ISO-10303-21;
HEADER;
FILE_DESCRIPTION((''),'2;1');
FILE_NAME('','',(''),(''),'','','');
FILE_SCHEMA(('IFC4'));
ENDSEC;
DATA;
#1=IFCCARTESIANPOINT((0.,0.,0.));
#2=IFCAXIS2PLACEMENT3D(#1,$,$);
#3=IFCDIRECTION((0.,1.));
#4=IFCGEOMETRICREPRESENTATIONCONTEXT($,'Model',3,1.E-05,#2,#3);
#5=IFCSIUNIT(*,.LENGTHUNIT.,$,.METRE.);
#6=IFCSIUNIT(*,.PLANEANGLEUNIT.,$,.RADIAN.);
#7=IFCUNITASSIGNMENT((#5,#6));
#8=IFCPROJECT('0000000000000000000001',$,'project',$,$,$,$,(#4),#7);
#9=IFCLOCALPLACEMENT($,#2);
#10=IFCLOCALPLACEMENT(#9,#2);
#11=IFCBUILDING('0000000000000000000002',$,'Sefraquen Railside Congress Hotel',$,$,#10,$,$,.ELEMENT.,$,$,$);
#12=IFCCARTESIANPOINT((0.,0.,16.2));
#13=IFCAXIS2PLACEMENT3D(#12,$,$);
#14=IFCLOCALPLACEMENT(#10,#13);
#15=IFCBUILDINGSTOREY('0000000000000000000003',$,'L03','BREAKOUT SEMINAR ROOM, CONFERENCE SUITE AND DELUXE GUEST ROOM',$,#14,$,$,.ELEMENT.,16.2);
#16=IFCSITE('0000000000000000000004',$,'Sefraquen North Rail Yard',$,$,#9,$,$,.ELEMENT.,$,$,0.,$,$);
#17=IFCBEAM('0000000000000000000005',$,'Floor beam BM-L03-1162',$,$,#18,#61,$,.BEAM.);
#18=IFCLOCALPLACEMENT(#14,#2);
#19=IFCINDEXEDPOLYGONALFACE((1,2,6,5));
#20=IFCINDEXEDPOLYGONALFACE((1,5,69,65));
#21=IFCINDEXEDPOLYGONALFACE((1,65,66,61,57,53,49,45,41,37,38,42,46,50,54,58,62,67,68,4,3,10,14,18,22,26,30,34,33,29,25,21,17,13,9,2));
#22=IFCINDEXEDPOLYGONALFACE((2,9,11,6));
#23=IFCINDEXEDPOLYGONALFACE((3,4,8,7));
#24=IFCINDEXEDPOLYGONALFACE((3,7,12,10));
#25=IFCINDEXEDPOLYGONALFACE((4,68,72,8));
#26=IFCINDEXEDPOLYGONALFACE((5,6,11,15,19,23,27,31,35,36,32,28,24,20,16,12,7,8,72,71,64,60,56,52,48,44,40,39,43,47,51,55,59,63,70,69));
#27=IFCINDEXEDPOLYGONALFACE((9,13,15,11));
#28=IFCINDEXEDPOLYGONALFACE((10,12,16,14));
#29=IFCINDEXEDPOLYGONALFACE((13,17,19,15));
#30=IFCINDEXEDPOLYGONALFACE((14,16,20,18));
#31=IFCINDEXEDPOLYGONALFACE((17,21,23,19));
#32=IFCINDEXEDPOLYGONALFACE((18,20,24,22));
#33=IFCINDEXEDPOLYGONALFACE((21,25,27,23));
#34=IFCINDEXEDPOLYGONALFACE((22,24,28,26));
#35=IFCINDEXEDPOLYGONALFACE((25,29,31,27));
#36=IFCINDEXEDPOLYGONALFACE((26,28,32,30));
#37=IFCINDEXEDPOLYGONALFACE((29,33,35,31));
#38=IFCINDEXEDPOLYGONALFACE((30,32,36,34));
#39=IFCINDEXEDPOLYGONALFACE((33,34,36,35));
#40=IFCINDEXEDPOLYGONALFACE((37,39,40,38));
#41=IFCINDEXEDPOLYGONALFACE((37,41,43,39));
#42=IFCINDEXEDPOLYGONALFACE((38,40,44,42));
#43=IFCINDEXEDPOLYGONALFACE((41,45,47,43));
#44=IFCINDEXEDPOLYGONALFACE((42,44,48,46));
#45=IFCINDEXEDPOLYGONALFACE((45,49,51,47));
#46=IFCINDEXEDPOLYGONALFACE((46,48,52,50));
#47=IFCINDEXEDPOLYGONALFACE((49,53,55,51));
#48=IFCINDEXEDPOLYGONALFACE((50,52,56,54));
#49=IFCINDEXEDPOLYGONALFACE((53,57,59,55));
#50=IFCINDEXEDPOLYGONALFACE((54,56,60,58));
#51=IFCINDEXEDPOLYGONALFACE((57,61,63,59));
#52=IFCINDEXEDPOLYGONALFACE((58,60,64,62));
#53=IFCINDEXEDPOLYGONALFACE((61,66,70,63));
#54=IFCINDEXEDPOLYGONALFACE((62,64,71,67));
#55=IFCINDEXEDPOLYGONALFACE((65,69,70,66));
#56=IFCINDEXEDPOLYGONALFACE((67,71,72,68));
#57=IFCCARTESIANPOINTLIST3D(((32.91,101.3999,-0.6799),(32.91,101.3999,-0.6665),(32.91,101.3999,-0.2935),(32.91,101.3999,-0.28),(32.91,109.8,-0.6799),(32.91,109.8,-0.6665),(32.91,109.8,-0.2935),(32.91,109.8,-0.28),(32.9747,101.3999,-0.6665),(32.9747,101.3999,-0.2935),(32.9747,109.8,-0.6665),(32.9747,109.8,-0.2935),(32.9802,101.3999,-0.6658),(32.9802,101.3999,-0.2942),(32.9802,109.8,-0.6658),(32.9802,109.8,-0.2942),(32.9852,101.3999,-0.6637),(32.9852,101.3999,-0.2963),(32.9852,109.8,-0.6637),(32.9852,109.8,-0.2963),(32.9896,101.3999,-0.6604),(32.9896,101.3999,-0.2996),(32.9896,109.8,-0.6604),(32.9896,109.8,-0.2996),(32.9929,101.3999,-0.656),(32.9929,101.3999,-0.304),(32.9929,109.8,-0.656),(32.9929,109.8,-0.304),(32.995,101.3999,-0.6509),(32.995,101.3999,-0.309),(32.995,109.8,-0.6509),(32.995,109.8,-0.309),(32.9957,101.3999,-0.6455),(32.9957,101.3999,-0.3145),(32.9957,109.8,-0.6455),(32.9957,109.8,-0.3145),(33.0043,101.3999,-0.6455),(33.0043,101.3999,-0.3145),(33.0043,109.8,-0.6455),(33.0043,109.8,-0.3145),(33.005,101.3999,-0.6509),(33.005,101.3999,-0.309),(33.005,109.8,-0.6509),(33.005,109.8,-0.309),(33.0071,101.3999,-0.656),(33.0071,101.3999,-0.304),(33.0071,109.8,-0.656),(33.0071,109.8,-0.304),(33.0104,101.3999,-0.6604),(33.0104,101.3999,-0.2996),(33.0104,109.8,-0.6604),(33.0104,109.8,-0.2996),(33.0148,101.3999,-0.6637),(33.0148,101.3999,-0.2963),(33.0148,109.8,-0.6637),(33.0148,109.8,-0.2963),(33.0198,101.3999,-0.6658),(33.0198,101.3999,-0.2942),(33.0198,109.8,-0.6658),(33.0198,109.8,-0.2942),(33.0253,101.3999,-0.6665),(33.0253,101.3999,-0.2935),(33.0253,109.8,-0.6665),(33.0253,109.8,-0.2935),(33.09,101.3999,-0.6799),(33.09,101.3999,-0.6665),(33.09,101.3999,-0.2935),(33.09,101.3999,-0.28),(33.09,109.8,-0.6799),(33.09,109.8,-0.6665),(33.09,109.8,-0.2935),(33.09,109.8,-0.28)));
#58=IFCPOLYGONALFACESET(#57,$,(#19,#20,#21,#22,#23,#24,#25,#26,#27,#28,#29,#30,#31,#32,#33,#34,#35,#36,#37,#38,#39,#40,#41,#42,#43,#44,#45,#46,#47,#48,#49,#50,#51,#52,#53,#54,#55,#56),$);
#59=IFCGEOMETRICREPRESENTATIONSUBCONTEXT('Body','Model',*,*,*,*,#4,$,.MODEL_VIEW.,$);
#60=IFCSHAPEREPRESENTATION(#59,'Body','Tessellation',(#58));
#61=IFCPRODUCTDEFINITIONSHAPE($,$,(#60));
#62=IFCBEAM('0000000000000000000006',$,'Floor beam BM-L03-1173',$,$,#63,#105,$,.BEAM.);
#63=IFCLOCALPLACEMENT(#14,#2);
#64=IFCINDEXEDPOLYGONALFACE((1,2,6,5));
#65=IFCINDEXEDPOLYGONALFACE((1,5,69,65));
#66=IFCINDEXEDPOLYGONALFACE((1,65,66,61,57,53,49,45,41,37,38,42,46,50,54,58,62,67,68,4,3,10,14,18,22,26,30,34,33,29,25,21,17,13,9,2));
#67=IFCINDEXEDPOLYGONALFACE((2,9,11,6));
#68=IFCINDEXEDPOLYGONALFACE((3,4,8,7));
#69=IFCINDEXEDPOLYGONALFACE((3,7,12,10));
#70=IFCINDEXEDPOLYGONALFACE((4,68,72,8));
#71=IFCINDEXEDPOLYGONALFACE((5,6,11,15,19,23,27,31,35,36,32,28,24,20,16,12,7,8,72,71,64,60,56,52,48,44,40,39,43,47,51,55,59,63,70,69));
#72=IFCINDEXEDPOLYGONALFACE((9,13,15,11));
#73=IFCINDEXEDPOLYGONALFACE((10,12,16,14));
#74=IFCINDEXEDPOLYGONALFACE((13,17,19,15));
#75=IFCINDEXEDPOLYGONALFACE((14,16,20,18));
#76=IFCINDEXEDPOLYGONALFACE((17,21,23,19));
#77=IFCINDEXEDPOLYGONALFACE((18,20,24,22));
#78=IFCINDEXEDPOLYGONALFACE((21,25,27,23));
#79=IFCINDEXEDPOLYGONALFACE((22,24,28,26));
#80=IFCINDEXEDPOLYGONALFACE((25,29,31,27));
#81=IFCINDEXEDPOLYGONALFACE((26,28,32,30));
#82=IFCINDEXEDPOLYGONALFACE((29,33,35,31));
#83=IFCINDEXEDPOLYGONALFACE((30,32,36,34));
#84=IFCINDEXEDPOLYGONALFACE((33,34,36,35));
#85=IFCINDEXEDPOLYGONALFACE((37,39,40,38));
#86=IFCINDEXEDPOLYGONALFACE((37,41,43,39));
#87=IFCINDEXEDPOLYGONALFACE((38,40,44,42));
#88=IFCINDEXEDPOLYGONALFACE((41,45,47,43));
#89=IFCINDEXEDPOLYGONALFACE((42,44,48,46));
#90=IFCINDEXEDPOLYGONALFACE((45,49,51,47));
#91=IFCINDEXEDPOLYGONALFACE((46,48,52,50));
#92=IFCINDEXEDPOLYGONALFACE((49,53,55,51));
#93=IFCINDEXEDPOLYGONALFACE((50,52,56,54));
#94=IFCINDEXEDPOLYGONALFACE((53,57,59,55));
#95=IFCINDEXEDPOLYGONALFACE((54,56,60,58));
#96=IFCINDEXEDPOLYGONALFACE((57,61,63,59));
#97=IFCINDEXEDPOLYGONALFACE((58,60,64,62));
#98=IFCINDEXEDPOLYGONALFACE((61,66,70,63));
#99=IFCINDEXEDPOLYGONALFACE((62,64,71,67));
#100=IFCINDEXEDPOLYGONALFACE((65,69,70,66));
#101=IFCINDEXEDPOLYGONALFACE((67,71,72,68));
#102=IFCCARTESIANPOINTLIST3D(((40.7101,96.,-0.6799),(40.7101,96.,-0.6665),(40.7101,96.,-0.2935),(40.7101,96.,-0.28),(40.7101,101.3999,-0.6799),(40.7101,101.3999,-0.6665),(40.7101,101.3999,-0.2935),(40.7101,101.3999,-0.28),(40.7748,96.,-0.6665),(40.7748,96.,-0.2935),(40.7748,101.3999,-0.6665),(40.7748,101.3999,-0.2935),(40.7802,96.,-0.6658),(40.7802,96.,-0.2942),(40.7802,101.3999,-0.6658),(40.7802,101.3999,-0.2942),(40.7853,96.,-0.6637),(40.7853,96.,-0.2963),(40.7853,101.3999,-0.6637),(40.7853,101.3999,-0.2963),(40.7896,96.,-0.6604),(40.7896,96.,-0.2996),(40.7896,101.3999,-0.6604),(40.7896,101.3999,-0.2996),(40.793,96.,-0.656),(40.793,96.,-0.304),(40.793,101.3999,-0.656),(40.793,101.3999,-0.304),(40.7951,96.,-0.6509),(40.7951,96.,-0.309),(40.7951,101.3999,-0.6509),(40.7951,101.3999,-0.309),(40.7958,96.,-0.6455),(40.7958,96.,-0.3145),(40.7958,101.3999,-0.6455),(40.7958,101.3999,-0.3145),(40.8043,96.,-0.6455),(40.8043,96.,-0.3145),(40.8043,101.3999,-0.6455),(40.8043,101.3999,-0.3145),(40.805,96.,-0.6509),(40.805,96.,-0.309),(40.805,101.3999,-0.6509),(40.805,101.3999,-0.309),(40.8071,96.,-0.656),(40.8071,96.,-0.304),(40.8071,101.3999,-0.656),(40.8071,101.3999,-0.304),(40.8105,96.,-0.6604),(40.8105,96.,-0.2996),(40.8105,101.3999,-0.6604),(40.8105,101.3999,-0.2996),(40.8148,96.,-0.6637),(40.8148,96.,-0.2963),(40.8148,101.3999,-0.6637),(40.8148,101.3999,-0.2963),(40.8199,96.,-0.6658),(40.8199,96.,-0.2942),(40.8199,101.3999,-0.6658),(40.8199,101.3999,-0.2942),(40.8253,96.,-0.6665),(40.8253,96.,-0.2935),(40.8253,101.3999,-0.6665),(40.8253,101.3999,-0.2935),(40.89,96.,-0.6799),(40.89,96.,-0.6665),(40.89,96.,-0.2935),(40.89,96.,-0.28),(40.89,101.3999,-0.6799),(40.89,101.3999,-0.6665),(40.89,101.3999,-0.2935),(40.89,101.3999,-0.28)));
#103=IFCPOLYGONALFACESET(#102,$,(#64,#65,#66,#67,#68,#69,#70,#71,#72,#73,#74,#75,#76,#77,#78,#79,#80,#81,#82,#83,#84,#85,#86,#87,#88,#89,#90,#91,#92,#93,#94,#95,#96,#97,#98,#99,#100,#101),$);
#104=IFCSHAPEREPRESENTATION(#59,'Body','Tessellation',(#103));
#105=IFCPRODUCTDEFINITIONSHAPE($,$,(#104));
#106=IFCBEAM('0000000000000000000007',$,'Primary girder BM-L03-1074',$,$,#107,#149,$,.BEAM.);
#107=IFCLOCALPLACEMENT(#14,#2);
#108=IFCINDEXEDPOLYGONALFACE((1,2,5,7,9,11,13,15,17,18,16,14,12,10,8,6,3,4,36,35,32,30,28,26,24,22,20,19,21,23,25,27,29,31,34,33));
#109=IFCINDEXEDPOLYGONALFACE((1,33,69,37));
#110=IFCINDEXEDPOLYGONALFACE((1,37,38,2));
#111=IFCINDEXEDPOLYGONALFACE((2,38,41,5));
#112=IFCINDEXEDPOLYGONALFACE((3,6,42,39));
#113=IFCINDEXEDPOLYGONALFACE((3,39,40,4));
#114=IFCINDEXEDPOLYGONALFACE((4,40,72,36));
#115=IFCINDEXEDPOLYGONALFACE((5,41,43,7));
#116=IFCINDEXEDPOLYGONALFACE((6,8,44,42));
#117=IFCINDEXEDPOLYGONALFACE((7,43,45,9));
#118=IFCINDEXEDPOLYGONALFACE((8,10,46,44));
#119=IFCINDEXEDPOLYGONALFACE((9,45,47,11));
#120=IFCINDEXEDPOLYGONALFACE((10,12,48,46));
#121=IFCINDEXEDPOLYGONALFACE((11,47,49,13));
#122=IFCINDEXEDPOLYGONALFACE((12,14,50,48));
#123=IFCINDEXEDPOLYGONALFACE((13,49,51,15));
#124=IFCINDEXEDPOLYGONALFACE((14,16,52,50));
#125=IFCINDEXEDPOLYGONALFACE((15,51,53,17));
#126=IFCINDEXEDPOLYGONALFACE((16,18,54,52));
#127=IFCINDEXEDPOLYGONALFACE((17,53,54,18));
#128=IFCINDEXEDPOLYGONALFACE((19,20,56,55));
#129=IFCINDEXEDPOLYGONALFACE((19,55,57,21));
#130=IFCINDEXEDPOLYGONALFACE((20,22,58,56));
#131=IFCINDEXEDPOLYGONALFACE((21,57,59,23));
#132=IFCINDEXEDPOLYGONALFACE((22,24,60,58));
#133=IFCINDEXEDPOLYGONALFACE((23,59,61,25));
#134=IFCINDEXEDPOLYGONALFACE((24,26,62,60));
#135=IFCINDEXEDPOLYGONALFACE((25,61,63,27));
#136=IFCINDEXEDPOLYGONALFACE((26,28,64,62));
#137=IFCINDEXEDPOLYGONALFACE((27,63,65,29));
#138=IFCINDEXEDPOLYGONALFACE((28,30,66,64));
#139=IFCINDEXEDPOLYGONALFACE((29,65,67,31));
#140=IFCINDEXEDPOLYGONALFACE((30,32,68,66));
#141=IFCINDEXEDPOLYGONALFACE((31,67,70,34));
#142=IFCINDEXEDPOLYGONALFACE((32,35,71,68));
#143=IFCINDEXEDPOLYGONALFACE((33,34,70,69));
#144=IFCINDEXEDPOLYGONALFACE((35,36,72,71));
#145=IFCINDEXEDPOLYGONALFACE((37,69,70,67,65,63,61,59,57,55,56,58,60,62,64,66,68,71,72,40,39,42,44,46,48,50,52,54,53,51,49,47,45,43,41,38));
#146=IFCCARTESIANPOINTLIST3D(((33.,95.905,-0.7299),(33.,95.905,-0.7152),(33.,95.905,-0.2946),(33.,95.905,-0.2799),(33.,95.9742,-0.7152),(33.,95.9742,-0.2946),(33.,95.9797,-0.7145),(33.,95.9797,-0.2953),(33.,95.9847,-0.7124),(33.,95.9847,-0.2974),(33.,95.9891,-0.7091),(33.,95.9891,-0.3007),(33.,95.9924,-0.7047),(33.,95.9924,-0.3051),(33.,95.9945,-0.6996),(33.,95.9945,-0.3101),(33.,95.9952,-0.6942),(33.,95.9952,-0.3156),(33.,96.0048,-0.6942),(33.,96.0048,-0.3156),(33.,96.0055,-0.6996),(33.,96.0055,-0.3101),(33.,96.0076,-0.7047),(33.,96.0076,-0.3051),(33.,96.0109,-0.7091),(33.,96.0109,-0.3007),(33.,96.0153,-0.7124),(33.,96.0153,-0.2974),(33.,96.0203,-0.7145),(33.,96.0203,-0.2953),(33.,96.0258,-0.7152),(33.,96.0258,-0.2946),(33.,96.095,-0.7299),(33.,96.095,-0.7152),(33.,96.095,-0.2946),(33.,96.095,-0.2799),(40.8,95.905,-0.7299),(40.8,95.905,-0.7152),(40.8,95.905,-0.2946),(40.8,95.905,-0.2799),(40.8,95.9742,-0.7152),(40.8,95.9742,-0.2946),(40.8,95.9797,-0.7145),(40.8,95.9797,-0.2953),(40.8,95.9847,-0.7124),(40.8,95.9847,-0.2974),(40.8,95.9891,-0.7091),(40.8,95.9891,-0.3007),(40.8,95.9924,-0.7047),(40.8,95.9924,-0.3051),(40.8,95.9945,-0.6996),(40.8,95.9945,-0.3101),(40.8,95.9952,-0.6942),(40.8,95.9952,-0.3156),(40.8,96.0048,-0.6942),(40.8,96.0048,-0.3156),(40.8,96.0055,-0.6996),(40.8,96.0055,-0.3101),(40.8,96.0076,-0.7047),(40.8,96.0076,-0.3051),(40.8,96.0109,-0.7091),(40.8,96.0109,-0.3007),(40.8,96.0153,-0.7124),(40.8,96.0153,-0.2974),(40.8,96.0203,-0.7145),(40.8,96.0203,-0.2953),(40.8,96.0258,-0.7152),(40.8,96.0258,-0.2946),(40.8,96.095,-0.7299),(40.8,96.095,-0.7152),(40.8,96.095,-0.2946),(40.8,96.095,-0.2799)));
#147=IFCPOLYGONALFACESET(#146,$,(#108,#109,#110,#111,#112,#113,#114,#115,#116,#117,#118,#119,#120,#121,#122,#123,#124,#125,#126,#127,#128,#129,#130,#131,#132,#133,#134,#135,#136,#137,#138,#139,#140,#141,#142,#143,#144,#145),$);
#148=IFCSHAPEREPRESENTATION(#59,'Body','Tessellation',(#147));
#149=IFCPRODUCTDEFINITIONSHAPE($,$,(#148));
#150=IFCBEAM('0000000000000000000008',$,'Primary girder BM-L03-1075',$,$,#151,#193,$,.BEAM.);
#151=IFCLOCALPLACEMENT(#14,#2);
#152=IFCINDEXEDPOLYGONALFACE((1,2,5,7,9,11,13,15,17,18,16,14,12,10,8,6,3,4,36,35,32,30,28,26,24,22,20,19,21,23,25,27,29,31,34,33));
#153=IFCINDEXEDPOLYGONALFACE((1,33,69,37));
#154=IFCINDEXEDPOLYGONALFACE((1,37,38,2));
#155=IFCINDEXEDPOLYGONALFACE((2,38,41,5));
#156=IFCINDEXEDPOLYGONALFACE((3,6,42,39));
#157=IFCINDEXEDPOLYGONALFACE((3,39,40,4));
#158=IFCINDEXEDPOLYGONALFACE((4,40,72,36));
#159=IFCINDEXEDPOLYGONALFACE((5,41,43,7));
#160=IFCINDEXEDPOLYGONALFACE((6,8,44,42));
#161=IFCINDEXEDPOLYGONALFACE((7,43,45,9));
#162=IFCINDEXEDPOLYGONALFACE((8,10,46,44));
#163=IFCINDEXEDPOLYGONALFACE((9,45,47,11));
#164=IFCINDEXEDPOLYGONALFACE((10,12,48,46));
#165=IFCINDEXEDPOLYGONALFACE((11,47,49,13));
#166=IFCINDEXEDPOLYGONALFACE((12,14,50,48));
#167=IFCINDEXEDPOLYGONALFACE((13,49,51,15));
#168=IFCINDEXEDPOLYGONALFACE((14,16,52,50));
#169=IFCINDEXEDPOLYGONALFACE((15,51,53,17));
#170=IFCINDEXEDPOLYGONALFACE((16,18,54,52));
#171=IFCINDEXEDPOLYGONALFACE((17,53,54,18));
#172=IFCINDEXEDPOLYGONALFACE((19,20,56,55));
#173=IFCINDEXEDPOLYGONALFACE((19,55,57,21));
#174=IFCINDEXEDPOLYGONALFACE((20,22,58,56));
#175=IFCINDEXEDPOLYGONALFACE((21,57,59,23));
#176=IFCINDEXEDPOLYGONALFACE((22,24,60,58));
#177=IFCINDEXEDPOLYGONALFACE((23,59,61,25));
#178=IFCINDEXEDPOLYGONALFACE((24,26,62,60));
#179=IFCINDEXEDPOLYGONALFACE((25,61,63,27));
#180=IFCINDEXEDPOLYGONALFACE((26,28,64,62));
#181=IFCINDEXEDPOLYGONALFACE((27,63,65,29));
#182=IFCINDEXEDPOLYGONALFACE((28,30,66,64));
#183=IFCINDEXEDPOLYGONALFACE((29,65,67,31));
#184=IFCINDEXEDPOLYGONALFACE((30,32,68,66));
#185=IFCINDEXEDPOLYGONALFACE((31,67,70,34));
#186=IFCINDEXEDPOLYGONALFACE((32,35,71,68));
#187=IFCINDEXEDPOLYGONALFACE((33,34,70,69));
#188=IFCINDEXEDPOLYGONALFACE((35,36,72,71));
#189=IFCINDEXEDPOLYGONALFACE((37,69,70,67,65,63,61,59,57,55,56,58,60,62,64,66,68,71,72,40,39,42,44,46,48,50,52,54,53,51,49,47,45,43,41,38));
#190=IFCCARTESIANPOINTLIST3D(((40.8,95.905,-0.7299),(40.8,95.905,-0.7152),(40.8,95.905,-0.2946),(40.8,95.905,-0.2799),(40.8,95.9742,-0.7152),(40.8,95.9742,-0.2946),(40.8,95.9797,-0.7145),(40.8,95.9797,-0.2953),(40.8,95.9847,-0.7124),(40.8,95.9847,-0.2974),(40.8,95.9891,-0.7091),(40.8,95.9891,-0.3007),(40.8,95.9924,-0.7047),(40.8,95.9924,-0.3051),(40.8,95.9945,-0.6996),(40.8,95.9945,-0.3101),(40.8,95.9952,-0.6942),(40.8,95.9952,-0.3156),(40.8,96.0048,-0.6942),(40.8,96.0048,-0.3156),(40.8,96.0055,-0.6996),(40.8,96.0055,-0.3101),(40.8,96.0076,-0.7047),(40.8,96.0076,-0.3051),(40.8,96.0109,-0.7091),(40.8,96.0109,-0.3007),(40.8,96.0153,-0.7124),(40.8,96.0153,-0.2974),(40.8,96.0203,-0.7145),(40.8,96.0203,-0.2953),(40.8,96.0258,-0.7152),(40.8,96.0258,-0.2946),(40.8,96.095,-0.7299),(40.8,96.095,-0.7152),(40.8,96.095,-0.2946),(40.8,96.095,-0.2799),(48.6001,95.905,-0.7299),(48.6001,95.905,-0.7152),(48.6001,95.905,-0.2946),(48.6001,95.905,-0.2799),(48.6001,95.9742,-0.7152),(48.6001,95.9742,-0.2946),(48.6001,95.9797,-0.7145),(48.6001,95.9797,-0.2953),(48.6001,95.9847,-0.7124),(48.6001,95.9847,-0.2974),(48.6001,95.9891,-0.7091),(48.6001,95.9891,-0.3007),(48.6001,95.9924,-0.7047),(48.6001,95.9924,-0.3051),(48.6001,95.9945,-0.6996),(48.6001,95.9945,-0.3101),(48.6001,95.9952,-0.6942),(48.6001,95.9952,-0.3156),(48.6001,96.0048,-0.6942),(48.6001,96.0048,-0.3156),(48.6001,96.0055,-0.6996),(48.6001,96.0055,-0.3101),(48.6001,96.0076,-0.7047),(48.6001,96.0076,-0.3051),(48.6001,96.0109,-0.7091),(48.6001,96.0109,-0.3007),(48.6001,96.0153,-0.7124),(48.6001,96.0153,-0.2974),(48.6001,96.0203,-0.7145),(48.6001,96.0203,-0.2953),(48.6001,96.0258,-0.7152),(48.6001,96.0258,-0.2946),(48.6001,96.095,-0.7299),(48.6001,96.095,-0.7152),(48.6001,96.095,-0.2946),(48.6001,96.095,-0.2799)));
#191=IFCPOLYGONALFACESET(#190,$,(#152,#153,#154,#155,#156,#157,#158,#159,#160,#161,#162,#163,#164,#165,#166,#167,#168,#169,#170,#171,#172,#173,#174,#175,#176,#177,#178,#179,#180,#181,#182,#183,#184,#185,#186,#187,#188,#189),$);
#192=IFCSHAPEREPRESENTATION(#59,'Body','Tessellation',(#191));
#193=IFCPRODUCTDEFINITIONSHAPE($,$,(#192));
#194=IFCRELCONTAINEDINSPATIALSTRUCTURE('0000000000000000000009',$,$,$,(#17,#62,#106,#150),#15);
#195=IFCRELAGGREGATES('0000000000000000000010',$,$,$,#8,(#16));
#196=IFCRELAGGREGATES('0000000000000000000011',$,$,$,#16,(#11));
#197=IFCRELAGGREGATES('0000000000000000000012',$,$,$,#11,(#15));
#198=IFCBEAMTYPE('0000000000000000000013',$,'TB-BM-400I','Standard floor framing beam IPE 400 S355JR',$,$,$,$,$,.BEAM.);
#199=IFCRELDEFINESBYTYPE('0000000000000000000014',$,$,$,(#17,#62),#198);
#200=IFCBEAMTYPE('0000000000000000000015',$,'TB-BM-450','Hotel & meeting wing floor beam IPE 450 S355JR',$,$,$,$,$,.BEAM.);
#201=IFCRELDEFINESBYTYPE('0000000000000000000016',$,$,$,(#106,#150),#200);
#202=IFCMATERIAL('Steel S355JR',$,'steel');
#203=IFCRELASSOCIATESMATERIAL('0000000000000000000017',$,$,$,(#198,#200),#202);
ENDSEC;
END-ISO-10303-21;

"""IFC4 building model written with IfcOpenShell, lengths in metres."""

from ifc_helpers import new_model, si_unit, direction, frame, origin, origin_2d, place, context, subcontext, project, spatial, i_section, extrude, material, material_profile, profile_set, type_object, element, save


model = new_model("IFC4")

# Units and contexts
model_context = context("Model", 3, precision=1e-05, world=origin(), true_north=direction((0.0, 1.0)))
body_context = subcontext(model_context, "Body", "Model", "MODEL_VIEW")
ifc_project = project(units=[si_unit("LENGTHUNIT", "METRE"), si_unit("PLANEANGLEUNIT", "RADIAN")], contexts=[model_context])

# Site, building, storey
site_placement = place(None, origin())
site = spatial("IfcSite", under=ifc_project, at=site_placement, Name="Sefraquen North Rail Yard", CompositionType="ELEMENT", RefElevation=0.0)
building_placement = place(site_placement, origin())
building = spatial("IfcBuilding", under=site, at=building_placement, Name="Sefraquen Railside Congress Hotel", CompositionType="ELEMENT")
storey_placement = place(building_placement, frame((0.0, 0.0, 16.2)))
storey = spatial("IfcBuildingStorey", under=building, at=storey_placement, Name="L03", Description="BREAKOUT SEMINAR ROOM, CONFERENCE SUITE AND DELUXE GUEST ROOM", CompositionType="ELEMENT", Elevation=16.2)

# Shared definitions
ifc_material_1 = material(Name="Steel S355JR", Category="steel")

# Beams
ifc_material_profile_1 = material_profile(ifc_material_1, i_section(OverallWidth=0.1799, OverallDepth=0.3999, WebThickness=0.0085, FlangeThickness=0.0134, FilletRadius=0.021, at=origin_2d()), Name="IPE 400")
ifc_profile_set_1 = profile_set([ifc_material_profile_1], Name="Steel S355JR")
beam_type_1 = type_object("IfcBeamType", Name="TB-BM-400I", Description="Standard floor framing beam IPE 400 S355JR", PredefinedType="BEAM", material=ifc_profile_set_1)
beam_1_placement = place(storey_placement, frame((33.0, 101.3999, -0.48), z_axis=(0.0, 1.0, 0.0), x_axis=(-1.0, 0.0, 0.0)))
element("IfcBeam", 1, at=beam_1_placement, inside=storey, type_object=beam_type_1, Name="Floor beam BM-L03-1162", PredefinedType="BEAM", context=body_context, shape_type="SweptSolid", body=[
    extrude(i_section(OverallWidth=0.1799, OverallDepth=0.3999, WebThickness=0.0085, FlangeThickness=0.0134, FilletRadius=0.021, at=origin_2d()), origin(), (0.0, 0.0, 1.0), 8.4001),
])
beam_2_placement = place(storey_placement, frame((40.8, 96.0, -0.48), z_axis=(0.0, 1.0, 0.0), x_axis=(-1.0, 0.0, 0.0)))
element("IfcBeam", 2, at=beam_2_placement, inside=storey, type_object=beam_type_1, Name="Floor beam BM-L03-1173", PredefinedType="BEAM", context=body_context, shape_type="SweptSolid", body=[
    extrude(i_section(OverallWidth=0.1799, OverallDepth=0.3999, WebThickness=0.0085, FlangeThickness=0.0134, FilletRadius=0.021, at=origin_2d()), origin(), (0.0, 0.0, 1.0), 5.3999),
])
ifc_material_profile_2 = material_profile(ifc_material_1, i_section(OverallWidth=0.1899, OverallDepth=0.45, WebThickness=0.0095, FlangeThickness=0.0146, FilletRadius=0.021, at=origin_2d()), Name="IPE 450")
ifc_profile_set_2 = profile_set([ifc_material_profile_2], Name="Steel S355JR")
beam_type_2 = type_object("IfcBeamType", Name="TB-BM-450", Description="Hotel & meeting wing floor beam IPE 450 S355JR", PredefinedType="BEAM", material=ifc_profile_set_2)
for number, where, z_axis, x_axis, name in (
    (3, (33.0, 96.0, -0.5049), (1.0, 0.0, 0.0), (0.0, 1.0, 0.0), "Primary girder BM-L03-1074"),
    (4, (40.8, 96.0, -0.5049), (1.0, 0.0, 0.0), (0.0, 1.0, 0.0), "Primary girder BM-L03-1075"),
):
    element("IfcBeam", number, at=place(storey_placement, frame(where, z_axis=z_axis, x_axis=x_axis)), inside=storey, type_object=beam_type_2, Name=name, PredefinedType="BEAM", context=body_context, shape_type="SweptSolid", body=[
        extrude(i_section(OverallWidth=0.1899, OverallDepth=0.45, WebThickness=0.0095, FlangeThickness=0.0146, FilletRadius=0.021, at=origin_2d()), origin(), (0.0, 0.0, 1.0), 7.8),
    ])

save(model, "model.ifc")
